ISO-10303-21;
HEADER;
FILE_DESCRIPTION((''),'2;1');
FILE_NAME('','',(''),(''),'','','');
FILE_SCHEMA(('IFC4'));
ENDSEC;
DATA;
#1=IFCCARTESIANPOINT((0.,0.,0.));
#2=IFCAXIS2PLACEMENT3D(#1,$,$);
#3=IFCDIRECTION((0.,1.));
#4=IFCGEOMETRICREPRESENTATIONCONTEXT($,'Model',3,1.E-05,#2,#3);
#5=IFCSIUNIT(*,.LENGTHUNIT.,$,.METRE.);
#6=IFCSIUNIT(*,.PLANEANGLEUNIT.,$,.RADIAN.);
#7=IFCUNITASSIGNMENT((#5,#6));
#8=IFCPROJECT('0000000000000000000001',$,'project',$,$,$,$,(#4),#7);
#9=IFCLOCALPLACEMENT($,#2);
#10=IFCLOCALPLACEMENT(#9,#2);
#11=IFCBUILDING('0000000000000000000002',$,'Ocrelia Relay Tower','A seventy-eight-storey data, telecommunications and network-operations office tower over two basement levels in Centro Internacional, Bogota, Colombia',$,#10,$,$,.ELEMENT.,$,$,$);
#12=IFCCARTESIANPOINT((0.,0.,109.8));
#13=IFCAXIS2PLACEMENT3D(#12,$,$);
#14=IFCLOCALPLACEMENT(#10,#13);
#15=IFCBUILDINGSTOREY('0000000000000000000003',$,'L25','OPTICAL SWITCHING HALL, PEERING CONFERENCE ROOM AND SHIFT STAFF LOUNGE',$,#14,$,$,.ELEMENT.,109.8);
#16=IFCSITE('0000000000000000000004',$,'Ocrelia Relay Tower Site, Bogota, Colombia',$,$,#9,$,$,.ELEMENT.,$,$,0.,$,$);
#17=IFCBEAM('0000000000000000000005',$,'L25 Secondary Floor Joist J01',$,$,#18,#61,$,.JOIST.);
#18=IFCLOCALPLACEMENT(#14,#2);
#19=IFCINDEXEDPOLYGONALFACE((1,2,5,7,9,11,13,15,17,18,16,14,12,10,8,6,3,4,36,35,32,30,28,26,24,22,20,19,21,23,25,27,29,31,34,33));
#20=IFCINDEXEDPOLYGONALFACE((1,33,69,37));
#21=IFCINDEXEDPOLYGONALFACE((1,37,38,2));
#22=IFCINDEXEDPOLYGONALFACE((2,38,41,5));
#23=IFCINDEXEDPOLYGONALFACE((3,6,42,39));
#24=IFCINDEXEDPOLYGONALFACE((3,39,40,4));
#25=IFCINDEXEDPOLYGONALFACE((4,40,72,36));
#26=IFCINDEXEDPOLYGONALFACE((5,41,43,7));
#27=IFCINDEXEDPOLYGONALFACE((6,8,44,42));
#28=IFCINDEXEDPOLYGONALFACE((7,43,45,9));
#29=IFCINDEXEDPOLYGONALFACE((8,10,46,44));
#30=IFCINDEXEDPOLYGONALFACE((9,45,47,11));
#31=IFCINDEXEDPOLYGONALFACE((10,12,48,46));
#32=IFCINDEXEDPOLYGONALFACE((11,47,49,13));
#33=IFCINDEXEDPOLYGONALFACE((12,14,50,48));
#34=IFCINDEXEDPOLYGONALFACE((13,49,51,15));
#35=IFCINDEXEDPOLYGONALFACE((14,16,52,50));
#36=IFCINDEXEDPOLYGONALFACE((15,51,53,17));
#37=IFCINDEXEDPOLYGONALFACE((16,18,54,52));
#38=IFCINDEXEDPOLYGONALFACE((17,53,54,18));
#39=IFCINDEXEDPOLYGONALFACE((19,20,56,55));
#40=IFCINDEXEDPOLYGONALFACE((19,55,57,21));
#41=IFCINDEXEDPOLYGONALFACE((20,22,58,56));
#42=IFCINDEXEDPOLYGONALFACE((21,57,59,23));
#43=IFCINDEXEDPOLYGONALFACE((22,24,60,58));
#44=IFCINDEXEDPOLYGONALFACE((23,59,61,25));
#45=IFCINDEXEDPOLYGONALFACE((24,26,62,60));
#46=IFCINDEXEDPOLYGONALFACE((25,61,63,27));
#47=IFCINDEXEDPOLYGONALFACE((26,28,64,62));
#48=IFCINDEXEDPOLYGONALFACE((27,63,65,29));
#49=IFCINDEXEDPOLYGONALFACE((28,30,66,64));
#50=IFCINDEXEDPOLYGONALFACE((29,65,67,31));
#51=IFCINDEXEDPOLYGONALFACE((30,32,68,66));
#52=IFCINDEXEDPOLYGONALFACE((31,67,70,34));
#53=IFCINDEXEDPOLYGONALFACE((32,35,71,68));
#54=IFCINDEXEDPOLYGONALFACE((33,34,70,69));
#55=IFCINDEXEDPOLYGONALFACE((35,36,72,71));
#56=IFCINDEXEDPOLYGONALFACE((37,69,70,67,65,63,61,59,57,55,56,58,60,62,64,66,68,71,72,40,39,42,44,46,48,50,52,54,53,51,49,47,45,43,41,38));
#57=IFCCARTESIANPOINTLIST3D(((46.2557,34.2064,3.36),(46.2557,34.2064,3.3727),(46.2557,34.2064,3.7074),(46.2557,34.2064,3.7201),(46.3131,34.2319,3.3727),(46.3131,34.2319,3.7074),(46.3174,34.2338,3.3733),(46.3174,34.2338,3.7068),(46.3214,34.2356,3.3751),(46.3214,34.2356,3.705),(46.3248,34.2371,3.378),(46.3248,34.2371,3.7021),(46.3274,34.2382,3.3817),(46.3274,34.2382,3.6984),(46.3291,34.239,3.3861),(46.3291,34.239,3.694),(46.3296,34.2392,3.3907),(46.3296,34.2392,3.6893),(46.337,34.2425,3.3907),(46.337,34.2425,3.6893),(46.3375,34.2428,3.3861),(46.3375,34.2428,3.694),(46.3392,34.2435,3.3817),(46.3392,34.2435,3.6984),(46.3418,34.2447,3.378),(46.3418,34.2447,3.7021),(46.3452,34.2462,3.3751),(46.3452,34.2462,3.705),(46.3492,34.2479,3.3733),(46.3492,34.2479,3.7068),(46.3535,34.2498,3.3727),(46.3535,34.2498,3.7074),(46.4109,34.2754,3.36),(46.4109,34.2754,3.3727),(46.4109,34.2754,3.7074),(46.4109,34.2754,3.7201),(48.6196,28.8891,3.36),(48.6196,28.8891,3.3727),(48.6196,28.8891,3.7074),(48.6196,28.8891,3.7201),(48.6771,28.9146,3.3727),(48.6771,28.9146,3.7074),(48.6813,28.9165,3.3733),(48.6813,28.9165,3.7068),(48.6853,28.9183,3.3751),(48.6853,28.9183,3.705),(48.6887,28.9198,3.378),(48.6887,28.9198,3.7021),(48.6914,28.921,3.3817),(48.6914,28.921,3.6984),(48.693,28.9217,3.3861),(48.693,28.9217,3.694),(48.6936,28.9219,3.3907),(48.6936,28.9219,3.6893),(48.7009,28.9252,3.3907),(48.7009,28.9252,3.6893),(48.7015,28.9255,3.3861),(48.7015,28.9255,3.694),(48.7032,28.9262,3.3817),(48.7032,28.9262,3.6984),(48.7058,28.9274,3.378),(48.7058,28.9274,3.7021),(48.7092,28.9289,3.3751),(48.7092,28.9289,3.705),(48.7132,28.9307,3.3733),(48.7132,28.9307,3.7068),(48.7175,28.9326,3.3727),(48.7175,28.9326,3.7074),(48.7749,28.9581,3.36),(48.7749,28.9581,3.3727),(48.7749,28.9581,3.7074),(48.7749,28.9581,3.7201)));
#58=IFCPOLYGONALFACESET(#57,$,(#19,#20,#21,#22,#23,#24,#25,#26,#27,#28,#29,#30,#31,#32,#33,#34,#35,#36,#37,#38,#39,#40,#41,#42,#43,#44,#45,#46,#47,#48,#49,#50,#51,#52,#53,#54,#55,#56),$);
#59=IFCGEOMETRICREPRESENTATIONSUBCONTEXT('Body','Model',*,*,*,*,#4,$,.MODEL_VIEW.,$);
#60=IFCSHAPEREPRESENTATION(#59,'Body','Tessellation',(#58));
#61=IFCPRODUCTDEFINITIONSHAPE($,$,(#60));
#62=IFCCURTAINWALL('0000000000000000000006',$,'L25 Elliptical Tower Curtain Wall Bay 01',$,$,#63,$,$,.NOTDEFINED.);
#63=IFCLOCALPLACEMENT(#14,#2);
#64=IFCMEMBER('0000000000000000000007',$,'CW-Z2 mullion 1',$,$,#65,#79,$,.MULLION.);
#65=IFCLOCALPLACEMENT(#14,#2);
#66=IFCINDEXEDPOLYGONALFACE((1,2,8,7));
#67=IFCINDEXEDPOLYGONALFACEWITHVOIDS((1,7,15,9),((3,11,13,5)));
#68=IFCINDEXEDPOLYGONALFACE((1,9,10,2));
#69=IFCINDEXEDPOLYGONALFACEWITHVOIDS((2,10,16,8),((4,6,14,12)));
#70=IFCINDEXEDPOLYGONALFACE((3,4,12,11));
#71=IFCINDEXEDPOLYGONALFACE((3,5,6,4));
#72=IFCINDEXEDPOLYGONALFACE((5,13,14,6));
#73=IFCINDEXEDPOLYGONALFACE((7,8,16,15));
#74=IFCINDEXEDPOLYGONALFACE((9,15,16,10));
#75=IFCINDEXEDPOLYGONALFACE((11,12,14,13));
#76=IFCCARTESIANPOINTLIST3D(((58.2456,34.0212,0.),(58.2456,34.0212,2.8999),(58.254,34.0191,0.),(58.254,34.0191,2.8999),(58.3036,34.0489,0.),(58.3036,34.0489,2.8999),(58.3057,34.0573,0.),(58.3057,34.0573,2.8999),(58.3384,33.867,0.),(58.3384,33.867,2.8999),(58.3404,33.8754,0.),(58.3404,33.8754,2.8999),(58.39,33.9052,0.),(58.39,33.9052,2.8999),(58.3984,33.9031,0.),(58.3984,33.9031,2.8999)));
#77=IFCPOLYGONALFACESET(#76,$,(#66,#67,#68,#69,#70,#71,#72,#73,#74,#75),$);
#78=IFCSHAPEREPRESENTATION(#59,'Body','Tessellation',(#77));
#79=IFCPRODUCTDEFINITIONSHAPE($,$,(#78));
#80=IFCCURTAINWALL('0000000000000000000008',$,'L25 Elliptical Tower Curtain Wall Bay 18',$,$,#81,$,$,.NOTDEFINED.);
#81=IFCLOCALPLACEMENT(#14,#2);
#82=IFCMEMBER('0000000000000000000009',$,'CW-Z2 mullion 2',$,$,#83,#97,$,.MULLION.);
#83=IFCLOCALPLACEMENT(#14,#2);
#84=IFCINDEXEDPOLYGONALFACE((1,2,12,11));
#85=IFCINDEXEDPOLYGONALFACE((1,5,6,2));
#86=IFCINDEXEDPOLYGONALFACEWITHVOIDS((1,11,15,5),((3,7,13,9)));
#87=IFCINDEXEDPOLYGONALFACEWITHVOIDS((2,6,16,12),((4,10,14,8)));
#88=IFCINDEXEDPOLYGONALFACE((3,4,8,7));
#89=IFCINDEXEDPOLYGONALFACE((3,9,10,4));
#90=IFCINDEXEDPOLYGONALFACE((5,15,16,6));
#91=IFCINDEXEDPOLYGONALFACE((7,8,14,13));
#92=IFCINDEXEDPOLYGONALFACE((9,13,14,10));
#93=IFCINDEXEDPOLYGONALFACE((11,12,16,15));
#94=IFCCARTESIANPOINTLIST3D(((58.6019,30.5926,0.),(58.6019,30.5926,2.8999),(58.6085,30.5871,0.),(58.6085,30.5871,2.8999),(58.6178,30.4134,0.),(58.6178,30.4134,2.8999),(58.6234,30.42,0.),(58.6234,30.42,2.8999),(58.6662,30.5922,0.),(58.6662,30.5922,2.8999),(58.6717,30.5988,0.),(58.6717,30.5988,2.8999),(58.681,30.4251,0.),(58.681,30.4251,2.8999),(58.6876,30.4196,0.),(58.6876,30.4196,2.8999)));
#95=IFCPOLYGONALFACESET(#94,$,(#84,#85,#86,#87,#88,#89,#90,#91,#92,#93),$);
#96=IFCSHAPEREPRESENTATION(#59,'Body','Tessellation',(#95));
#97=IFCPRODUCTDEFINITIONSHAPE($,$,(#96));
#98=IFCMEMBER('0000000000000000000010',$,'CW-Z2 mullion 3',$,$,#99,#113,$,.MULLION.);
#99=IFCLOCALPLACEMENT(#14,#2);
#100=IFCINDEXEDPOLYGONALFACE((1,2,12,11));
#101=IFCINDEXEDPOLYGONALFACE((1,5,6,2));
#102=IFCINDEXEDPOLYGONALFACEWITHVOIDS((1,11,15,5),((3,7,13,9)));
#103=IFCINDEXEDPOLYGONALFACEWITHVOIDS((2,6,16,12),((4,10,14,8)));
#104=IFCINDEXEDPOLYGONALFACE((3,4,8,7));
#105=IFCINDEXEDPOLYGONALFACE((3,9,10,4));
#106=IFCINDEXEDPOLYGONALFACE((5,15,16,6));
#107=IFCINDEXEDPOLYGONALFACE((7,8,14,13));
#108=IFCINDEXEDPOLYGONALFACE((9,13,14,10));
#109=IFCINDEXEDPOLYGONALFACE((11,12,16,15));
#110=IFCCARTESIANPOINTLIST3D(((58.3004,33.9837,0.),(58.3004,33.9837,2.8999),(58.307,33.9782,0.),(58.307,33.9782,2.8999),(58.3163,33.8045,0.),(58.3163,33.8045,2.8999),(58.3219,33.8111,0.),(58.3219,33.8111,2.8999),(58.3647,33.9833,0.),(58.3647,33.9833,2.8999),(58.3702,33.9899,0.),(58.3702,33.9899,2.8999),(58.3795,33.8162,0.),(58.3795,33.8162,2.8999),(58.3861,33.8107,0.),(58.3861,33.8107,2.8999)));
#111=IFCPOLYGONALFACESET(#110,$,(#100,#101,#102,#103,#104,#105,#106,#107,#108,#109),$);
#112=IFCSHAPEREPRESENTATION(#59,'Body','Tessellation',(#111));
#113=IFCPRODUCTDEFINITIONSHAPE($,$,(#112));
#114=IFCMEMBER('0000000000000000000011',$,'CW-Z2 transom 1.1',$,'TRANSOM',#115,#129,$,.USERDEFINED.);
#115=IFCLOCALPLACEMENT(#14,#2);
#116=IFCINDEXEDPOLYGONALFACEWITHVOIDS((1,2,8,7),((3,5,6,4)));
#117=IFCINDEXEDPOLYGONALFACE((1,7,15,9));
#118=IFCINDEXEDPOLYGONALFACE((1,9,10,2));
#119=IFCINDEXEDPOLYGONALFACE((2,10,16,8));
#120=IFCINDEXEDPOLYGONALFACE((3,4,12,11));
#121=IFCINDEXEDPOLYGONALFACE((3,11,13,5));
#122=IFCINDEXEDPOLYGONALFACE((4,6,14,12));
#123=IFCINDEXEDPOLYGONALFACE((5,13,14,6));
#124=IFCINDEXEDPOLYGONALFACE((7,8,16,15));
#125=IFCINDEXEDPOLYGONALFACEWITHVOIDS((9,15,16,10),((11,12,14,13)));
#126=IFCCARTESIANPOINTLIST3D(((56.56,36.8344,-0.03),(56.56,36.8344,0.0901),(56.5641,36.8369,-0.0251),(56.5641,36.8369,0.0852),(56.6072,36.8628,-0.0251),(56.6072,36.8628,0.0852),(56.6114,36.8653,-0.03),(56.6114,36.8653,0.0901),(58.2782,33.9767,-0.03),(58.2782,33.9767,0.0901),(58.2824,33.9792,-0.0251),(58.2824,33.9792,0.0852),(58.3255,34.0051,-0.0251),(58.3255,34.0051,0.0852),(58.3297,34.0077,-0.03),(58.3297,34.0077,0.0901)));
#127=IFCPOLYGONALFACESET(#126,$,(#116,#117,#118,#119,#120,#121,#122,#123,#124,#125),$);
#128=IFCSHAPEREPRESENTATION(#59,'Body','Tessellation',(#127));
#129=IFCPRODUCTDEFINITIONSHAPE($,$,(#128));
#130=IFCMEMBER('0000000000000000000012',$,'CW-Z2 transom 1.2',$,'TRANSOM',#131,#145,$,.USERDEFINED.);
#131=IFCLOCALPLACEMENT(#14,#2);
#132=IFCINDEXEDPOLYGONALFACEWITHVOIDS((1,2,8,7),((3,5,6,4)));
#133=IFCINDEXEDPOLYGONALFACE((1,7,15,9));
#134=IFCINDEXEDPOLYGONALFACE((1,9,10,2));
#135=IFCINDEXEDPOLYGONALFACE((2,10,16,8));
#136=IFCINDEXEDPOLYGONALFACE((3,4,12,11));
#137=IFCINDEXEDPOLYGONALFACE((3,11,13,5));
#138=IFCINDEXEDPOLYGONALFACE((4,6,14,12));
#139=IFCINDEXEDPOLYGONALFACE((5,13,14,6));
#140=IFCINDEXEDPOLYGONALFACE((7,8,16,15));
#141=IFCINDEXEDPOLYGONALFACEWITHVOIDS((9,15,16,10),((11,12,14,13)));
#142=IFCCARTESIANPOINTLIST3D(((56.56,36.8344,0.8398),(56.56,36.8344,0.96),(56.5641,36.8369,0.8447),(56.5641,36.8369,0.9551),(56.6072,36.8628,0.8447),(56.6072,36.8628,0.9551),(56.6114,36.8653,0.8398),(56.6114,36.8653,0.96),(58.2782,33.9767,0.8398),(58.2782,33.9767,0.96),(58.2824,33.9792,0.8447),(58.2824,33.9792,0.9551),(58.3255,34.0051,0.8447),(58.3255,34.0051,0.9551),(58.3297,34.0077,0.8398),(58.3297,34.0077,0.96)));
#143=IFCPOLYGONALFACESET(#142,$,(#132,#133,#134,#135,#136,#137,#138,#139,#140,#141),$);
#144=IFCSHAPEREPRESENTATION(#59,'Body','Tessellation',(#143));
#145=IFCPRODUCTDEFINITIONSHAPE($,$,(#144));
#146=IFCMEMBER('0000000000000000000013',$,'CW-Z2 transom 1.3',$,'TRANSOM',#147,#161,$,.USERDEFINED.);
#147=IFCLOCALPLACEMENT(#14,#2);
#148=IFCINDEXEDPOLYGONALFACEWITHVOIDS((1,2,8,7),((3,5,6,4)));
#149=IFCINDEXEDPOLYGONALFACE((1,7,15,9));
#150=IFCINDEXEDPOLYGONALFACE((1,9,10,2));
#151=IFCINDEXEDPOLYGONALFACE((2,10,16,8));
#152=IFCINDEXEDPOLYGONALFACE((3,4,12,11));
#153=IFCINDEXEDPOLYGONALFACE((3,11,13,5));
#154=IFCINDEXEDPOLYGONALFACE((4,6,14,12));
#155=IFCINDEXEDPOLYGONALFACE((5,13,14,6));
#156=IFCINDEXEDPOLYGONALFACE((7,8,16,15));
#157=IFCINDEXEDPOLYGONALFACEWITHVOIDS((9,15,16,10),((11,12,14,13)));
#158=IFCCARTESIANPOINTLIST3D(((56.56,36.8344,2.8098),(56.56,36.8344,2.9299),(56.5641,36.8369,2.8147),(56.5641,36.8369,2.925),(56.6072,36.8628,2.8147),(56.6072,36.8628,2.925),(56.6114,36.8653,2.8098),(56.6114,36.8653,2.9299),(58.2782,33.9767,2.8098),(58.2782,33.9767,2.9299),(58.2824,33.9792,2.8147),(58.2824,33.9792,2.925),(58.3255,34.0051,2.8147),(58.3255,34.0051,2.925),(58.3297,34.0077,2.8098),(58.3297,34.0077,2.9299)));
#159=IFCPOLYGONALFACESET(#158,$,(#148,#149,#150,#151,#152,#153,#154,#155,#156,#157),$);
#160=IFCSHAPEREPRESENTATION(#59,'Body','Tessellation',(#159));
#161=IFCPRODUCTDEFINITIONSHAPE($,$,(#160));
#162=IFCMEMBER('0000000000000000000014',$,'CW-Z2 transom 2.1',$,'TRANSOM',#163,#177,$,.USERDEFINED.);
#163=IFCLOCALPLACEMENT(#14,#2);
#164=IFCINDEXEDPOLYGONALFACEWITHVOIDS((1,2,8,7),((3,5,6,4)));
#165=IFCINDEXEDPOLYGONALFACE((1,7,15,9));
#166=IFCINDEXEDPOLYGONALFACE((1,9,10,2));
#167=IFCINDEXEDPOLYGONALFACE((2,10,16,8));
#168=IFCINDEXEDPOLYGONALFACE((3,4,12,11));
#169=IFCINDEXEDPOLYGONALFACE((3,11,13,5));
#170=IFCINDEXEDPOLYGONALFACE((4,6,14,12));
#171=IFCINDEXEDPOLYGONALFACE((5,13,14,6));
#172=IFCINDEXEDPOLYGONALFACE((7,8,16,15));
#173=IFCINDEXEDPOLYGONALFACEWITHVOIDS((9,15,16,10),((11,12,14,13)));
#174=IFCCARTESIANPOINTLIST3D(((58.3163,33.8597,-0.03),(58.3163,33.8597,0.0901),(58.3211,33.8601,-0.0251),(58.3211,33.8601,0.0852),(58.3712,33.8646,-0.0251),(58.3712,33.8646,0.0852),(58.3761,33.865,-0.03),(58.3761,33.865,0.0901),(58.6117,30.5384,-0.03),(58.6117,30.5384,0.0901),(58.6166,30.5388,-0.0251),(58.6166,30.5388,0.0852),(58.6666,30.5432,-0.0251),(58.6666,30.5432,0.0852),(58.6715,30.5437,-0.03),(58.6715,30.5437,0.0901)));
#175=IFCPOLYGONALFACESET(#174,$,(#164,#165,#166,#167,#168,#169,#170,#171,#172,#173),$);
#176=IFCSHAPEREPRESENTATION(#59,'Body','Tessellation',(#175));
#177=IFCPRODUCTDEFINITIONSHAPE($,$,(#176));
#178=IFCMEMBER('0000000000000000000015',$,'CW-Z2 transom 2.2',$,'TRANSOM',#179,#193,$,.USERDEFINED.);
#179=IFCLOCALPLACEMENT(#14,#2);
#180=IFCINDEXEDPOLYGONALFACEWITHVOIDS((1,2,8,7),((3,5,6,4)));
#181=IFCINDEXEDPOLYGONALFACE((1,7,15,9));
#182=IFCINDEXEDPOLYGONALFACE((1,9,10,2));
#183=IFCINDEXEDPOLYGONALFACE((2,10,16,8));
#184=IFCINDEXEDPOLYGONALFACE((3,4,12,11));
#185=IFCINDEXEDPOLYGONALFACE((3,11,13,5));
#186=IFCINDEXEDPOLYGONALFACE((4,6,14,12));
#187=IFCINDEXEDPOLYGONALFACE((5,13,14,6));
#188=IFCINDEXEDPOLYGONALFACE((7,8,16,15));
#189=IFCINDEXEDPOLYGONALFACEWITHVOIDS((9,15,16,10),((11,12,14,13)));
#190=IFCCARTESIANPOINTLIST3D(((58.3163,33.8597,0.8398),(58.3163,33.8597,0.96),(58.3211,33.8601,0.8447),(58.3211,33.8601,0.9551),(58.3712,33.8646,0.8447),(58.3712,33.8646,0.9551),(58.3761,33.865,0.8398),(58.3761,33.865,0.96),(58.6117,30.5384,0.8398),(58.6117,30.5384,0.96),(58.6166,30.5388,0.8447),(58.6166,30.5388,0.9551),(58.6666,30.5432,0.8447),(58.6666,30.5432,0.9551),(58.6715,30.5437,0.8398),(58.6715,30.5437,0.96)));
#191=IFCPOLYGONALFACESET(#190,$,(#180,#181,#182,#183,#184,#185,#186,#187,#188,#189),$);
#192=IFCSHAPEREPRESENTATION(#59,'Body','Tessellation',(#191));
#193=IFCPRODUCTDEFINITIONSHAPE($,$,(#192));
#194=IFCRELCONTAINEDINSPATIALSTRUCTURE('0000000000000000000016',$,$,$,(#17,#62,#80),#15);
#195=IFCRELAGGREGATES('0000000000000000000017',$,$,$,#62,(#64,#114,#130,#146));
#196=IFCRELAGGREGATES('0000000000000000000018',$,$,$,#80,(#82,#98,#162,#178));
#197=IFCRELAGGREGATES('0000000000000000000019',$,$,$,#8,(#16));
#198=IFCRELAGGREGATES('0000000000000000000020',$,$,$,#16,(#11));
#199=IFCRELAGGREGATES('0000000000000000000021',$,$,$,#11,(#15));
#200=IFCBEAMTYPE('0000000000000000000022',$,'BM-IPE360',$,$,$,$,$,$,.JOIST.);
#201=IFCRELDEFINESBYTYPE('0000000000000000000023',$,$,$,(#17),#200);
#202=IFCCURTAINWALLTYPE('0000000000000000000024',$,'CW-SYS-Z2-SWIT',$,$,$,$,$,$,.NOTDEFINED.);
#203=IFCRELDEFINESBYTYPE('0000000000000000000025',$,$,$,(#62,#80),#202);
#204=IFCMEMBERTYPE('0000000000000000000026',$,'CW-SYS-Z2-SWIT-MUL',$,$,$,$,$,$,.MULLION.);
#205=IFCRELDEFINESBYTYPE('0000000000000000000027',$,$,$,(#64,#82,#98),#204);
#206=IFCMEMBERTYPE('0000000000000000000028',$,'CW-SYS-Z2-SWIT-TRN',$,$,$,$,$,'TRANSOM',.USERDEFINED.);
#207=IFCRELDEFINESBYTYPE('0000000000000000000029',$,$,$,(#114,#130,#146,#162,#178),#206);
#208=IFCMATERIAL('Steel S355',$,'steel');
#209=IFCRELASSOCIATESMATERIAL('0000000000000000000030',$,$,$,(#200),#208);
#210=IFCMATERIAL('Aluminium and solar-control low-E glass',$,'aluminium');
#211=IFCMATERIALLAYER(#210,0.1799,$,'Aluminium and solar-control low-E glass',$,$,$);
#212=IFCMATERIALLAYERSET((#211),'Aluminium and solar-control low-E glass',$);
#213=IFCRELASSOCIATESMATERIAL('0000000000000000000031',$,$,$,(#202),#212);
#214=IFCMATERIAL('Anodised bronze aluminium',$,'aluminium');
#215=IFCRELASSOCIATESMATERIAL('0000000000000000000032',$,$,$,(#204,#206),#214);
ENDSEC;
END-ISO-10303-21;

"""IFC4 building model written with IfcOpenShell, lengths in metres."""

from ifc_helpers import new_model, si_unit, direction, frame, origin, origin_2d, place, context, subcontext, project, spatial, hollow_rectangle, i_section, extrude, material, layer, layer_set, material_profile, profile_set, type_object, element, aggregate, save


model = new_model("IFC4")

# Units and contexts
model_context = context("Model", 3, precision=1e-05, world=origin(), true_north=direction((0.0, 1.0)))
body_context = subcontext(model_context, "Body", "Model", "MODEL_VIEW")
ifc_project = project(units=[si_unit("LENGTHUNIT", "METRE"), si_unit("PLANEANGLEUNIT", "RADIAN")], contexts=[model_context])

# Site, building, storey
site_placement = place(None, origin())
site = spatial("IfcSite", under=ifc_project, at=site_placement, Name="Ocrelia Relay Tower Site, Bogota, Colombia", CompositionType="ELEMENT", RefElevation=0.0)
building_placement = place(site_placement, origin())
building = spatial("IfcBuilding", under=site, at=building_placement, Name="Ocrelia Relay Tower", Description="A seventy-eight-storey data, telecommunications and network-operations office tower over two basement levels in Centro Internacional, Bogota, Colombia", CompositionType="ELEMENT")
storey_placement = place(building_placement, frame((0.0, 0.0, 109.8)))
storey = spatial("IfcBuildingStorey", under=building, at=storey_placement, Name="L25", Description="OPTICAL SWITCHING HALL, PEERING CONFERENCE ROOM AND SHIFT STAFF LOUNGE", CompositionType="ELEMENT", Elevation=109.8)

# Beam
ifc_material_1 = material(Name="Steel S355", Category="steel")
ifc_material_profile_1 = material_profile(ifc_material_1, i_section(OverallWidth=0.1699, OverallDepth=0.3601, WebThickness=0.0081, FlangeThickness=0.0127, FilletRadius=0.0181, at=origin_2d()), Name="IPE 360")
ifc_profile_set_1 = profile_set([ifc_material_profile_1], Name="Steel S355")
beam_type_1 = type_object("IfcBeamType", Name="BM-IPE360", PredefinedType="JOIST", material=ifc_profile_set_1)
beam_1_placement = place(storey_placement, frame((48.6973, 28.9236, 3.54), z_axis=(-0.406244, 0.913765, 0.0), x_axis=(-0.913765, -0.406244, 0.0)))
element("IfcBeam", 1, at=beam_1_placement, inside=storey, type_object=beam_type_1, Name="L25 Secondary Floor Joist J01", PredefinedType="JOIST", context=body_context, shape_type="SweptSolid", body=[
    extrude(i_section(OverallWidth=0.1699, OverallDepth=0.3601, WebThickness=0.0081, FlangeThickness=0.0127, FilletRadius=0.0181, at=origin_2d()), origin(), (0.0, 0.0, 1.0), 5.8191),
])

# Curtain wall, member
ifc_material_2 = material(Name="Aluminium and solar-control low-E glass", Category="aluminium")
ifc_layer_1 = layer(ifc_material_2, 0.1799, Name="Aluminium and solar-control low-E glass")
ifc_layer_set_1 = layer_set([ifc_layer_1], Name="Aluminium and solar-control low-E glass")
curtain_wall_type = type_object("IfcCurtainWallType", Name="CW-SYS-Z2-SWIT", PredefinedType="NOTDEFINED", material=ifc_layer_set_1)
curtain_wall_1_placement = place(storey_placement, origin())
curtain_wall_1 = element("IfcCurtainWall", 2, at=curtain_wall_1_placement, inside=storey, type_object=curtain_wall_type, Name="L25 Elliptical Tower Curtain Wall Bay 01", PredefinedType="NOTDEFINED")
ifc_material_3 = material(Name="Anodised bronze aluminium", Category="aluminium")
ifc_material_profile_2 = material_profile(ifc_material_3, hollow_rectangle(XDim=0.0701, YDim=0.1799, WallThickness=0.0061, at=origin_2d()), Name="CW-MUL-180x70")
ifc_profile_set_2 = profile_set([ifc_material_profile_2], Name="Anodised bronze aluminium")
member_type_1 = type_object("IfcMemberType", Name="CW-SYS-Z2-SWIT-MUL", PredefinedType="MULLION", material=ifc_profile_set_2)
member_1_placement = place(storey_placement, frame((58.322, 33.9622, 0.0), z_axis=(0.0, 0.0, 1.0), x_axis=(-0.856997, -0.515321, 0.0)))
member_1 = element("IfcMember", 3, at=member_1_placement, type_object=member_type_1, Name="CW-Z2 mullion 1", PredefinedType="MULLION", context=body_context, shape_type="SweptSolid", body=[
    extrude(hollow_rectangle(XDim=0.0701, YDim=0.1799, WallThickness=0.0061, at=origin_2d()), origin(), (0.0, 0.0, 1.0), 2.8999),
])

# Curtain wall, members
curtain_wall_2_placement = place(storey_placement, origin())
curtain_wall_2 = element("IfcCurtainWall", 4, at=curtain_wall_2_placement, inside=storey, type_object=curtain_wall_type, Name="L25 Elliptical Tower Curtain Wall Bay 18", PredefinedType="NOTDEFINED")
member_2_placement = place(storey_placement, frame((58.6448, 30.5061, 0.0), z_axis=(0.0, 0.0, 1.0), x_axis=(-0.996071, -0.088558, 0.0)))
member_2 = element("IfcMember", 5, at=member_2_placement, type_object=member_type_1, Name="CW-Z2 mullion 2", PredefinedType="MULLION", context=body_context, shape_type="SweptSolid", body=[
    extrude(hollow_rectangle(XDim=0.0701, YDim=0.1799, WallThickness=0.0061, at=origin_2d()), origin(), (0.0, 0.0, 1.0), 2.8999),
])
member_3_placement = place(storey_placement, frame((58.3433, 33.8972, 0.0), z_axis=(0.0, 0.0, 1.0), x_axis=(-0.996071, -0.088558, 0.0)))
member_3 = element("IfcMember", 6, at=member_3_placement, type_object=member_type_1, Name="CW-Z2 mullion 3", PredefinedType="MULLION", context=body_context, shape_type="SweptSolid", body=[
    extrude(hollow_rectangle(XDim=0.0701, YDim=0.1799, WallThickness=0.0061, at=origin_2d()), origin(), (0.0, 0.0, 1.0), 2.8999),
])

# Members
ifc_material_profile_3 = material_profile(ifc_material_3, hollow_rectangle(XDim=0.0601, YDim=0.1201, WallThickness=0.0049, at=origin_2d()), Name="CW-TRN-120x60")
ifc_profile_set_3 = profile_set([ifc_material_profile_3], Name="Anodised bronze aluminium")
member_type_2 = type_object("IfcMemberType", Name="CW-SYS-Z2-SWIT-TRN", ElementType="TRANSOM", PredefinedType="USERDEFINED", material=ifc_profile_set_3)
member_4_placement = place(storey_placement, frame((58.304, 33.9922, 0.03), z_axis=(-0.515303, 0.857008, 0.0), x_axis=(-0.857008, -0.515303, 0.0)))
member_4 = element("IfcMember", 7, at=member_4_placement, type_object=member_type_2, Name="CW-Z2 transom 1.1", ObjectType="TRANSOM", PredefinedType="USERDEFINED", context=body_context, shape_type="SweptSolid", body=[
    extrude(hollow_rectangle(XDim=0.0601, YDim=0.1201, WallThickness=0.0049, at=origin_2d()), origin(), (0.0, 0.0, 1.0), 3.3345),
])
member_5_placement = place(storey_placement, frame((58.304, 33.9922, 0.8999), z_axis=(-0.515303, 0.857008, 0.0), x_axis=(-0.857008, -0.515303, 0.0)))
member_5 = element("IfcMember", 8, at=member_5_placement, type_object=member_type_2, Name="CW-Z2 transom 1.2", ObjectType="TRANSOM", PredefinedType="USERDEFINED", context=body_context, shape_type="SweptSolid", body=[
    extrude(hollow_rectangle(XDim=0.0601, YDim=0.1201, WallThickness=0.0049, at=origin_2d()), origin(), (0.0, 0.0, 1.0), 3.3345),
])
member_6_placement = place(storey_placement, frame((58.304, 33.9922, 2.8699), z_axis=(-0.515303, 0.857008, 0.0), x_axis=(-0.857008, -0.515303, 0.0)))
member_6 = element("IfcMember", 9, at=member_6_placement, type_object=member_type_2, Name="CW-Z2 transom 1.3", ObjectType="TRANSOM", PredefinedType="USERDEFINED", context=body_context, shape_type="SweptSolid", body=[
    extrude(hollow_rectangle(XDim=0.0601, YDim=0.1201, WallThickness=0.0049, at=origin_2d()), origin(), (0.0, 0.0, 1.0), 3.3345),
])
aggregate(curtain_wall_1, [member_1, member_4, member_5, member_6])
member_7_placement = place(storey_placement, frame((58.6416, 30.541, 0.03), z_axis=(-0.088595, 0.996068, 0.0), x_axis=(-0.996068, -0.088595, 0.0)))
member_7 = element("IfcMember", 10, at=member_7_placement, type_object=member_type_2, Name="CW-Z2 transom 2.1", ObjectType="TRANSOM", PredefinedType="USERDEFINED", context=body_context, shape_type="SweptSolid", body=[
    extrude(hollow_rectangle(XDim=0.0601, YDim=0.1201, WallThickness=0.0049, at=origin_2d()), origin(), (0.0, 0.0, 1.0), 3.3345),
])
member_8_placement = place(storey_placement, frame((58.6416, 30.541, 0.8999), z_axis=(-0.088595, 0.996068, 0.0), x_axis=(-0.996068, -0.088595, 0.0)))
member_8 = element("IfcMember", 11, at=member_8_placement, type_object=member_type_2, Name="CW-Z2 transom 2.2", ObjectType="TRANSOM", PredefinedType="USERDEFINED", context=body_context, shape_type="SweptSolid", body=[
    extrude(hollow_rectangle(XDim=0.0601, YDim=0.1201, WallThickness=0.0049, at=origin_2d()), origin(), (0.0, 0.0, 1.0), 3.3345),
])

aggregate(curtain_wall_2, [member_2, member_3, member_7, member_8])

save(model, "model.ifc")
